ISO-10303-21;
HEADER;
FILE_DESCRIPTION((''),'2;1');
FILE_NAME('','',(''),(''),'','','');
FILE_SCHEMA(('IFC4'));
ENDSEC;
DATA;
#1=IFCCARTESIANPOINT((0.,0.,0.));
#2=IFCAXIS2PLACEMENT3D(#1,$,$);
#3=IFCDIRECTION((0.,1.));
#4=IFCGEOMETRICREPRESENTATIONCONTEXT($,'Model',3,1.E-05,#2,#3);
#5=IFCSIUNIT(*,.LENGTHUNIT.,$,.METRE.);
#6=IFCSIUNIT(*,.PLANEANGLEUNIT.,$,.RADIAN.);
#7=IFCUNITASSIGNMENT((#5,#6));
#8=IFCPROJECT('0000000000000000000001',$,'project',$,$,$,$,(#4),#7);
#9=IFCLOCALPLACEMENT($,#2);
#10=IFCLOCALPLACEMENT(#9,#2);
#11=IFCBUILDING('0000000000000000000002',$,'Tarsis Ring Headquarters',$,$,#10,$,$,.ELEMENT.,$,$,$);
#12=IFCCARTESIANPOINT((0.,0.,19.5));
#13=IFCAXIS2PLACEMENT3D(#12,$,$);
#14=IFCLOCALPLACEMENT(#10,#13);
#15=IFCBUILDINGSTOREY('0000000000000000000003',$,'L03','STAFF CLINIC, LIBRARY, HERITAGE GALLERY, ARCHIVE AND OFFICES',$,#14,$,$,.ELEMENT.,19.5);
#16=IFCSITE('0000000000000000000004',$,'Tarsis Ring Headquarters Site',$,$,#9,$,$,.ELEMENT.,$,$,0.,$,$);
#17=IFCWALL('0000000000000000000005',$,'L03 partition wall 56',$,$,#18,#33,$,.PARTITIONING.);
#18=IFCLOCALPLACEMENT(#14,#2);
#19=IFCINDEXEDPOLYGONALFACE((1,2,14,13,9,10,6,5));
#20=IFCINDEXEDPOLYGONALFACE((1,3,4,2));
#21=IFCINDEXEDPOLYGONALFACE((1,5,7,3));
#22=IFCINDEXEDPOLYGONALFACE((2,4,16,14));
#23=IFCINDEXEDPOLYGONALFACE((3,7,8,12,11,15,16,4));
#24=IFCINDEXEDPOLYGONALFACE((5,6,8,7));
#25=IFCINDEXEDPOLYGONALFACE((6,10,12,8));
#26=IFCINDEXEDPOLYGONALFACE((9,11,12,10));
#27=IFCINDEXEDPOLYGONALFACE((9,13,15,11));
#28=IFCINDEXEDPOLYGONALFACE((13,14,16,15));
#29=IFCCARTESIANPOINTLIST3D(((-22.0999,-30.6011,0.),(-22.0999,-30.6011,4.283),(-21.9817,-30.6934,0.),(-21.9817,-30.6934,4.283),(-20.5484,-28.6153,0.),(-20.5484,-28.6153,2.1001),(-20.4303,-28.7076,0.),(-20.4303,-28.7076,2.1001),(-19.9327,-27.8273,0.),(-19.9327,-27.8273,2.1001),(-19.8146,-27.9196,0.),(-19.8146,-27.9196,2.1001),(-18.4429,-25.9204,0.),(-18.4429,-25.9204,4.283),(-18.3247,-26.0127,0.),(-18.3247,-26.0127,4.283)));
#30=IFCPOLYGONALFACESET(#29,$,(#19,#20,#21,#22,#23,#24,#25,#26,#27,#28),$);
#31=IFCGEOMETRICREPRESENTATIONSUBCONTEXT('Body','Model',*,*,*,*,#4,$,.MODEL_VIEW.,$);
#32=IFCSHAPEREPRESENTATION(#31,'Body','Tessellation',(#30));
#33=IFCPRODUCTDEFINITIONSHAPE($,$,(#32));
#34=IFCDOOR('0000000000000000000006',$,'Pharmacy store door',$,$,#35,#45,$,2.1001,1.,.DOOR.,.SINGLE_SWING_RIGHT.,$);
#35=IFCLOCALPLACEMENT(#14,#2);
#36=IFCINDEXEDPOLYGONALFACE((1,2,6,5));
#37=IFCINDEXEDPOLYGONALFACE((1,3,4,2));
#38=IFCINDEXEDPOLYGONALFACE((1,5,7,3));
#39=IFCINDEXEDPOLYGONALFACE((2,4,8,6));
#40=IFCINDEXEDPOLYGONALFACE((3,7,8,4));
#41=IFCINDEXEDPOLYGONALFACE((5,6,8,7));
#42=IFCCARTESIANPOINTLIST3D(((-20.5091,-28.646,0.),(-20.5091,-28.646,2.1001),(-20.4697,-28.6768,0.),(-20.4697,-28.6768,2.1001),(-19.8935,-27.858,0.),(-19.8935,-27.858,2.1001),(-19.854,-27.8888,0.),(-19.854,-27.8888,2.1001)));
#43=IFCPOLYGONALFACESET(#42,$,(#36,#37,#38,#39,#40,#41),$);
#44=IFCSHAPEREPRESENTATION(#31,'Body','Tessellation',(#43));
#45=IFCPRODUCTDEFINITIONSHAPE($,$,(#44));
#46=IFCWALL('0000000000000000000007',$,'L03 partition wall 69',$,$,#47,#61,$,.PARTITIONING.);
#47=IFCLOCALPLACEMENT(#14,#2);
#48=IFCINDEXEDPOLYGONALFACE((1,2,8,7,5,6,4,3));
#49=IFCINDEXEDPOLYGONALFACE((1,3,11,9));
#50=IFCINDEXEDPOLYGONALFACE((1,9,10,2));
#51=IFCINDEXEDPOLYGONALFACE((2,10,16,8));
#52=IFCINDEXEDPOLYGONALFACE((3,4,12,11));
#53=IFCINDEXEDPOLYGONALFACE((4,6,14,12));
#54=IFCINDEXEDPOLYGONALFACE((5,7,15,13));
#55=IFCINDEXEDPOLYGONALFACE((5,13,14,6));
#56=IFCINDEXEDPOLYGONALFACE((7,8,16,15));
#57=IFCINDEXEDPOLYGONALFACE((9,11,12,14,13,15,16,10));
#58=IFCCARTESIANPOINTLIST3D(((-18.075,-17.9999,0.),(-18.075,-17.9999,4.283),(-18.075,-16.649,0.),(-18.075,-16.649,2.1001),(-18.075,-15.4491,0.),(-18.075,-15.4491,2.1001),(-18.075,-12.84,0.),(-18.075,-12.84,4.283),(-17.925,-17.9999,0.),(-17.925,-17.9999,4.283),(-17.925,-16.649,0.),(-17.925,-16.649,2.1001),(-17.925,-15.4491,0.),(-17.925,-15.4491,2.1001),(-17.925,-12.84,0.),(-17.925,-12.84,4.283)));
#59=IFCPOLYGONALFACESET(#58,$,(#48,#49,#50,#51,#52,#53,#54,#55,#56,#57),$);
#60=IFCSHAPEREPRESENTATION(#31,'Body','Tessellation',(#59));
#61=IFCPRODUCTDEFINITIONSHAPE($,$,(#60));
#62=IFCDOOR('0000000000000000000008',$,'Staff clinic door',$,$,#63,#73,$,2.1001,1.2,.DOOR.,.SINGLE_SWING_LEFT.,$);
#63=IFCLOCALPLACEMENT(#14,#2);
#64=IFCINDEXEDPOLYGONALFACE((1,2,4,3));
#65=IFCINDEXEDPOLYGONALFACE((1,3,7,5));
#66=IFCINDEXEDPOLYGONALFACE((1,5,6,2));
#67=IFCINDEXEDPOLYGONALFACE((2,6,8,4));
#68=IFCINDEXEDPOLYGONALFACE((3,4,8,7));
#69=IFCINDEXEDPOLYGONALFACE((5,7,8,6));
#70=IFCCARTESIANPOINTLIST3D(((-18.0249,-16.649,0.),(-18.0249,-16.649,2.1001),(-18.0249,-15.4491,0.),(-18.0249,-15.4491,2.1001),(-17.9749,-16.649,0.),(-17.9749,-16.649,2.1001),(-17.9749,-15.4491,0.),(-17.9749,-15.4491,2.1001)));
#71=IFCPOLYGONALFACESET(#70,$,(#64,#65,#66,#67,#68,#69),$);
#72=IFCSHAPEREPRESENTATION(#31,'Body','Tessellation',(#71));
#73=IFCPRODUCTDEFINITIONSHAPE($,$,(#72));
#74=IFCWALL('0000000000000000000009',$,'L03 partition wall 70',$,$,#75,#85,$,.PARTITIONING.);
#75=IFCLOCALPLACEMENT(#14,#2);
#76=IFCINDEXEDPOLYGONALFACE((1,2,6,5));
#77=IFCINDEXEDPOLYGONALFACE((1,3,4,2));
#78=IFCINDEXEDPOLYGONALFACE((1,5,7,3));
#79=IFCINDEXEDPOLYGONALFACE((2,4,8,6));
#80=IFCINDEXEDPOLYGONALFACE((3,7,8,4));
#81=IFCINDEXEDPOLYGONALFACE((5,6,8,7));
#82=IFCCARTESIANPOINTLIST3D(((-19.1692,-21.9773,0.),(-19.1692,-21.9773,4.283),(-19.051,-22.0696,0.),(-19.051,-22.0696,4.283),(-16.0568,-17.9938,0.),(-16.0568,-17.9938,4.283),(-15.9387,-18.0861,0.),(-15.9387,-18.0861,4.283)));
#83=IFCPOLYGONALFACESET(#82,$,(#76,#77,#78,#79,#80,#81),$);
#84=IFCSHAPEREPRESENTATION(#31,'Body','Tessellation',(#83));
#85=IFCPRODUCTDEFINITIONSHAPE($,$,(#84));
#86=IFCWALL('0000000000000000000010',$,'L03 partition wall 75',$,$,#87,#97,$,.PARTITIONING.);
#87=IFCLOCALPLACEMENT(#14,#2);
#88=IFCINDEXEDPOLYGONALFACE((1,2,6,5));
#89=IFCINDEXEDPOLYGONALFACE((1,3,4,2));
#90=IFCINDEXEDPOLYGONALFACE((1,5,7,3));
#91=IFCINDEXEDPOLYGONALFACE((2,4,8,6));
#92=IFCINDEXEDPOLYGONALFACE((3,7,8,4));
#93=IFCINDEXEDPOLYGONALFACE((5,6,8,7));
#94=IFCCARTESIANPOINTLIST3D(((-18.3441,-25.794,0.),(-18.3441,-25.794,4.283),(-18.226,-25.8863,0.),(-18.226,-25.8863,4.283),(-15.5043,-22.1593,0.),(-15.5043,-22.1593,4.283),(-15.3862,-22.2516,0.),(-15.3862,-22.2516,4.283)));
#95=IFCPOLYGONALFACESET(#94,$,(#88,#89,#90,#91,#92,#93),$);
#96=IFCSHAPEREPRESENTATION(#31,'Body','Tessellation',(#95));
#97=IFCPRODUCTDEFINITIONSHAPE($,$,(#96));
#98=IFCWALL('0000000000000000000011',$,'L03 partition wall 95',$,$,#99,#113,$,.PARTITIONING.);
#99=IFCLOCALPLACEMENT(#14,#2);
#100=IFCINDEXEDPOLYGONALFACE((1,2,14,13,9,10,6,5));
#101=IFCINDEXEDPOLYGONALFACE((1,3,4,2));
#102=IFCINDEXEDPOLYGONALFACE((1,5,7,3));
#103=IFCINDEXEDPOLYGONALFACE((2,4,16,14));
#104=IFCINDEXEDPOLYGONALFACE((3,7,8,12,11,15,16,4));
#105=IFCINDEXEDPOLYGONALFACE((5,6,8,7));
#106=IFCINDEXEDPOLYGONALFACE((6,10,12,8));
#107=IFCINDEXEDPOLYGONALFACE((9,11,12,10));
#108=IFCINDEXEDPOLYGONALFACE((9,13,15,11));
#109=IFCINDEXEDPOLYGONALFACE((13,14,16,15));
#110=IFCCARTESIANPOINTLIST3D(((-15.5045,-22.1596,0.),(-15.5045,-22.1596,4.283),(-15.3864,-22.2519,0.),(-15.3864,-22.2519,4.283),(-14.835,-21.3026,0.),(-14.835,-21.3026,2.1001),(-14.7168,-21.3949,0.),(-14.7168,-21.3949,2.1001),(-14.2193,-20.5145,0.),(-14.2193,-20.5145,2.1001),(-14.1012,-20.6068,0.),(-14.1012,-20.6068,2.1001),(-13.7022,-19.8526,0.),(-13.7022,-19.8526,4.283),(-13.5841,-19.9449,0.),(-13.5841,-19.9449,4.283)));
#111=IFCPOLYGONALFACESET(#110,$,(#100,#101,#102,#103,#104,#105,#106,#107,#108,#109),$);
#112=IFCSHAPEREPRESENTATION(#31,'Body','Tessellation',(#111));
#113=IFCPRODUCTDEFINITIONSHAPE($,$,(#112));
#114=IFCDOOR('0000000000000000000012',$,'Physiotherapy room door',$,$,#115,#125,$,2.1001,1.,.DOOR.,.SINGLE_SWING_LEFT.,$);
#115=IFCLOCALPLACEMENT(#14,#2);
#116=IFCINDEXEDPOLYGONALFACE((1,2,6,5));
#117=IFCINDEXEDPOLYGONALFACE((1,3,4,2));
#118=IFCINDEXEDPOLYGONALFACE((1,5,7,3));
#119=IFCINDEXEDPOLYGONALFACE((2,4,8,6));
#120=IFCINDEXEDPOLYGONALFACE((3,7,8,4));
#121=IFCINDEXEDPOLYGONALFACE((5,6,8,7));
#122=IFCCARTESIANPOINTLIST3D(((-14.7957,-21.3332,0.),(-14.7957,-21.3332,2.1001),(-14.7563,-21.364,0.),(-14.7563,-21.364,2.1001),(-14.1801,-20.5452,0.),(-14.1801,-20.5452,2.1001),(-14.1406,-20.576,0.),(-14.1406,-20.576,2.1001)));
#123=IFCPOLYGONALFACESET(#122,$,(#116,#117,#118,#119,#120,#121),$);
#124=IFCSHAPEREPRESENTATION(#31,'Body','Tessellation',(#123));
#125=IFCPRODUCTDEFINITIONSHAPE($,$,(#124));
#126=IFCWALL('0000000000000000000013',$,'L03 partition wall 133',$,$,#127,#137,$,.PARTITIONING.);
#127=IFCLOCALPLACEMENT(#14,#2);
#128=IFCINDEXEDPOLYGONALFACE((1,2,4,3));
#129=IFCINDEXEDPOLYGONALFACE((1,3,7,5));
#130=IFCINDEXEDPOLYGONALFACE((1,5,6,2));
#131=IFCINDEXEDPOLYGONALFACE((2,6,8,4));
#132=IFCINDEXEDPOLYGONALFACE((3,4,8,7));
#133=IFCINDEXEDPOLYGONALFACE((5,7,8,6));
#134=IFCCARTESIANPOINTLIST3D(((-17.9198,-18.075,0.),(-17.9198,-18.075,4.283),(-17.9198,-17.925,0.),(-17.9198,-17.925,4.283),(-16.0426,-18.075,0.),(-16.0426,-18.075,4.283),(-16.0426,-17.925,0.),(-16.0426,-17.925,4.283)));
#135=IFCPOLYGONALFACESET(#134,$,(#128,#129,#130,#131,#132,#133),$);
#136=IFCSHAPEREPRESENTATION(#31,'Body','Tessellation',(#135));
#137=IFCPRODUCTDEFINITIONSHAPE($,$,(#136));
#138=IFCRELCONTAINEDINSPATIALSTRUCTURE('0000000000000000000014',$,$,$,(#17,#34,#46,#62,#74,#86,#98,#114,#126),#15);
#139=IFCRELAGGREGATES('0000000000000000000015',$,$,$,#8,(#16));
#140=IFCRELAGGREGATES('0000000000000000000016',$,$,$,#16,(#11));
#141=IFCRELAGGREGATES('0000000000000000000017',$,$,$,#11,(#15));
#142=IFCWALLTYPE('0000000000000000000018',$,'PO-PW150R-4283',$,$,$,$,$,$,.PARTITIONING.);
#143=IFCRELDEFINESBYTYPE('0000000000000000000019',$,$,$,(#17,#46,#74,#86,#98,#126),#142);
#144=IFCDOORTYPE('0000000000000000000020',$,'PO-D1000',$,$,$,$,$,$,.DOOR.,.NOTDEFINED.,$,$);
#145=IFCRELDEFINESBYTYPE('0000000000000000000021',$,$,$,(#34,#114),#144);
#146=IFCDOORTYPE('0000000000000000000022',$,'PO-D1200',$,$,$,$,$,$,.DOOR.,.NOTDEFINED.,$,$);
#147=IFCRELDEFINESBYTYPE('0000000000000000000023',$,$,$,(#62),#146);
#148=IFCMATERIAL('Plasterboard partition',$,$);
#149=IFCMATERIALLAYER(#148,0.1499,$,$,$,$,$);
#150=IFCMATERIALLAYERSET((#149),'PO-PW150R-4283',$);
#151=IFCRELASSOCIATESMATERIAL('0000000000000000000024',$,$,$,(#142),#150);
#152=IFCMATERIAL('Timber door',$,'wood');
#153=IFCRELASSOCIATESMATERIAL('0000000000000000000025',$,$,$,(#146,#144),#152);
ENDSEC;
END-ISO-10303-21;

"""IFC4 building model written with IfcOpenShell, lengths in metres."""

from ifc_helpers import new_model, si_unit, direction, frame, frame_2d, origin, place, context, subcontext, project, spatial, rectangle, extrude, material, layer, layer_set, type_object, element, fill, save


model = new_model("IFC4")

# Units and contexts
model_context = context("Model", 3, precision=1e-05, world=origin(), true_north=direction((0.0, 1.0)))
body_context = subcontext(model_context, "Body", "Model", "MODEL_VIEW")
ifc_project = project(units=[si_unit("LENGTHUNIT", "METRE"), si_unit("PLANEANGLEUNIT", "RADIAN")], contexts=[model_context])

# Site, building, storey
site_placement = place(None, origin())
site = spatial("IfcSite", under=ifc_project, at=site_placement, Name="Tarsis Ring Headquarters Site", CompositionType="ELEMENT", RefElevation=0.0)
building_placement = place(site_placement, origin())
building = spatial("IfcBuilding", under=site, at=building_placement, Name="Tarsis Ring Headquarters", CompositionType="ELEMENT")
storey_placement = place(building_placement, frame((0.0, 0.0, 19.5)))
storey = spatial("IfcBuildingStorey", under=building, at=storey_placement, Name="L03", Description="STAFF CLINIC, LIBRARY, HERITAGE GALLERY, ARCHIVE AND OFFICES", CompositionType="ELEMENT", Elevation=19.5)

# Shared definitions
ifc_material_1 = material(Name="Plasterboard partition")

# Walls, openings, doors
ifc_layer_1 = layer(ifc_material_1, 0.1499)
ifc_layer_set_1 = layer_set([ifc_layer_1], Name="PO-PW150R-4283")
wall_type_1 = type_object("IfcWallType", Name="PO-PW150R-4283", PredefinedType="PARTITIONING", material=ifc_layer_set_1)
ifc_material_2 = material(Name="Timber door", Category="wood")
door_type_1 = type_object("IfcDoorType", Name="PO-D1200", OperationType="NOTDEFINED", PredefinedType="DOOR", material=ifc_material_2)
door_type_2 = type_object("IfcDoorType", Name="PO-D1000", OperationType="NOTDEFINED", PredefinedType="DOOR", material=ifc_material_2)
wall_1_placement = place(storey_placement, frame((-18.3838, -25.9666, 0.0), z_axis=(0.0, 0.0, 1.0), x_axis=(-0.615666, -0.788007, 0.0)))
wall_1 = element("IfcWall", 1, at=wall_1_placement, inside=storey, type_object=wall_type_1, Name="L03 partition wall 56", PredefinedType="PARTITIONING", context=body_context, shape_type="SweptSolid", body=[
    extrude(rectangle(XDim=5.9399, YDim=0.1499, at=frame_2d((2.97, 0.0))), origin(), (0.0, 0.0, 1.0), 4.283),
])
opening_1_placement = place(wall_1_placement, frame((2.4199, 0.0, 0.0)))
opening_1 = element("IfcOpeningElement", 2, at=opening_1_placement, cuts=wall_1, PredefinedType="OPENING", context=body_context, shape_type="SweptSolid", body=[
    extrude(rectangle(XDim=1.0, YDim=2.1001, at=frame_2d((0.5, 1.05))), frame((0.0, 0.085, 0.0), z_axis=(0.0, -1.0, 0.0), x_axis=(1.0, 0.0, 0.0)), (0.0, 0.0, 1.0), 0.1699),
])
door_1_placement = place(opening_1_placement, origin())
door_1 = element("IfcDoor", 3, at=door_1_placement, inside=storey, type_object=door_type_2, Name="Pharmacy store door", OperationType="SINGLE_SWING_RIGHT", OverallHeight=2.1001, OverallWidth=1.0, PredefinedType="DOOR", context=body_context, shape_type="SweptSolid", body=[
    extrude(rectangle(XDim=1.0, YDim=2.1001, at=frame_2d((0.5, 1.05))), frame((0.0, 0.0249, 0.0), z_axis=(0.0, -1.0, 0.0), x_axis=(1.0, 0.0, 0.0)), (0.0, 0.0, 1.0), 0.05),
])
fill(opening_1, door_1)
wall_2_placement = place(storey_placement, frame((-18.0, -18.0, 0.0), z_axis=(0.0, 0.0, 1.0), x_axis=(0.0, 1.0, 0.0)))
wall_2 = element("IfcWall", 4, at=wall_2_placement, inside=storey, type_object=wall_type_1, Name="L03 partition wall 69", PredefinedType="PARTITIONING", context=body_context, shape_type="SweptSolid", body=[
    extrude(rectangle(XDim=5.1599, YDim=0.1499, at=frame_2d((2.5801, 0.0))), origin(), (0.0, 0.0, 1.0), 4.283),
])
opening_2_placement = place(wall_2_placement, frame((1.3508, 0.0, 0.0)))
opening_2 = element("IfcOpeningElement", 5, at=opening_2_placement, cuts=wall_2, PredefinedType="OPENING", context=body_context, shape_type="SweptSolid", body=[
    extrude(rectangle(XDim=1.2, YDim=2.1001, at=frame_2d((0.6001, 1.05))), frame((0.0, 0.085, 0.0), z_axis=(0.0, -1.0, 0.0), x_axis=(1.0, 0.0, 0.0)), (0.0, 0.0, 1.0), 0.1699),
])
door_2_placement = place(opening_2_placement, origin())
door_2 = element("IfcDoor", 6, at=door_2_placement, inside=storey, type_object=door_type_1, Name="Staff clinic door", OperationType="SINGLE_SWING_LEFT", OverallHeight=2.1001, OverallWidth=1.2, PredefinedType="DOOR", context=body_context, shape_type="SweptSolid", body=[
    extrude(rectangle(XDim=1.2, YDim=2.1001, at=frame_2d((0.6001, 1.05))), frame((0.0, 0.0249, 0.0), z_axis=(0.0, -1.0, 0.0), x_axis=(1.0, 0.0, 0.0)), (0.0, 0.0, 1.0), 0.05),
])
fill(opening_2, door_2)

# Walls
wall_3_placement = place(storey_placement, frame((-19.1101, -22.0234, 0.0), z_axis=(0.0, 0.0, 1.0), x_axis=(0.615678, 0.787998, 0.0)))
element("IfcWall", 7, at=wall_3_placement, inside=storey, type_object=wall_type_1, Name="L03 partition wall 70", PredefinedType="PARTITIONING", context=body_context, shape_type="SweptSolid", body=[
    extrude(rectangle(XDim=5.0552, YDim=0.1499, at=frame_2d((2.5276, 0.0))), origin(), (0.0, 0.0, 1.0), 4.283),
])
wall_4_placement = place(storey_placement, frame((-15.4453, -22.2056, 0.0), z_axis=(0.0, 0.0, 1.0), x_axis=(-0.615669, -0.788005, 0.0)))
element("IfcWall", 8, at=wall_4_placement, inside=storey, type_object=wall_type_1, Name="L03 partition wall 75", PredefinedType="PARTITIONING", context=body_context, shape_type="SweptSolid", body=[
    extrude(rectangle(XDim=4.6125, YDim=0.1499, at=frame_2d((2.3062, 0.0))), origin(), (0.0, 0.0, 1.0), 4.283),
])

# Wall, opening, door
wall_5_placement = place(storey_placement, frame((-13.6431, -19.8987, 0.0), z_axis=(0.0, 0.0, 1.0), x_axis=(-0.615642, -0.788026, 0.0)))
wall_5 = element("IfcWall", 9, at=wall_5_placement, inside=storey, type_object=wall_type_1, Name="L03 partition wall 95", PredefinedType="PARTITIONING", context=body_context, shape_type="SweptSolid", body=[
    extrude(rectangle(XDim=2.9275, YDim=0.1499, at=frame_2d((1.4639, 0.0))), origin(), (0.0, 0.0, 1.0), 4.283),
])
opening_3_placement = place(wall_5_placement, frame((0.8401, 0.0, 0.0)))
opening_3 = element("IfcOpeningElement", 10, at=opening_3_placement, cuts=wall_5, PredefinedType="OPENING", context=body_context, shape_type="SweptSolid", body=[
    extrude(rectangle(XDim=1.0, YDim=2.1001, at=frame_2d((0.5, 1.05))), frame((0.0, 0.085, 0.0), z_axis=(0.0, -1.0, 0.0), x_axis=(1.0, 0.0, 0.0)), (0.0, 0.0, 1.0), 0.1699),
])
door_3_placement = place(opening_3_placement, origin())
door_3 = element("IfcDoor", 11, at=door_3_placement, inside=storey, type_object=door_type_2, Name="Physiotherapy room door", OperationType="SINGLE_SWING_LEFT", OverallHeight=2.1001, OverallWidth=1.0, PredefinedType="DOOR", context=body_context, shape_type="SweptSolid", body=[
    extrude(rectangle(XDim=1.0, YDim=2.1001, at=frame_2d((0.5, 1.05))), frame((0.0, 0.0249, 0.0), z_axis=(0.0, -1.0, 0.0), x_axis=(1.0, 0.0, 0.0)), (0.0, 0.0, 1.0), 0.05),
])
fill(opening_3, door_3)

# Wall
wall_6_placement = place(storey_placement, frame((-16.0427, -18.0, 0.0), z_axis=(0.0, 0.0, 1.0), x_axis=(-1.0, 0.0, 0.0)))
element("IfcWall", 12, at=wall_6_placement, inside=storey, type_object=wall_type_1, Name="L03 partition wall 133", PredefinedType="PARTITIONING", context=body_context, shape_type="SweptSolid", body=[
    extrude(rectangle(XDim=1.8772, YDim=0.1499, at=frame_2d((0.9385, 0.0))), origin(), (0.0, 0.0, 1.0), 4.283),
])

save(model, "model.ifc")
